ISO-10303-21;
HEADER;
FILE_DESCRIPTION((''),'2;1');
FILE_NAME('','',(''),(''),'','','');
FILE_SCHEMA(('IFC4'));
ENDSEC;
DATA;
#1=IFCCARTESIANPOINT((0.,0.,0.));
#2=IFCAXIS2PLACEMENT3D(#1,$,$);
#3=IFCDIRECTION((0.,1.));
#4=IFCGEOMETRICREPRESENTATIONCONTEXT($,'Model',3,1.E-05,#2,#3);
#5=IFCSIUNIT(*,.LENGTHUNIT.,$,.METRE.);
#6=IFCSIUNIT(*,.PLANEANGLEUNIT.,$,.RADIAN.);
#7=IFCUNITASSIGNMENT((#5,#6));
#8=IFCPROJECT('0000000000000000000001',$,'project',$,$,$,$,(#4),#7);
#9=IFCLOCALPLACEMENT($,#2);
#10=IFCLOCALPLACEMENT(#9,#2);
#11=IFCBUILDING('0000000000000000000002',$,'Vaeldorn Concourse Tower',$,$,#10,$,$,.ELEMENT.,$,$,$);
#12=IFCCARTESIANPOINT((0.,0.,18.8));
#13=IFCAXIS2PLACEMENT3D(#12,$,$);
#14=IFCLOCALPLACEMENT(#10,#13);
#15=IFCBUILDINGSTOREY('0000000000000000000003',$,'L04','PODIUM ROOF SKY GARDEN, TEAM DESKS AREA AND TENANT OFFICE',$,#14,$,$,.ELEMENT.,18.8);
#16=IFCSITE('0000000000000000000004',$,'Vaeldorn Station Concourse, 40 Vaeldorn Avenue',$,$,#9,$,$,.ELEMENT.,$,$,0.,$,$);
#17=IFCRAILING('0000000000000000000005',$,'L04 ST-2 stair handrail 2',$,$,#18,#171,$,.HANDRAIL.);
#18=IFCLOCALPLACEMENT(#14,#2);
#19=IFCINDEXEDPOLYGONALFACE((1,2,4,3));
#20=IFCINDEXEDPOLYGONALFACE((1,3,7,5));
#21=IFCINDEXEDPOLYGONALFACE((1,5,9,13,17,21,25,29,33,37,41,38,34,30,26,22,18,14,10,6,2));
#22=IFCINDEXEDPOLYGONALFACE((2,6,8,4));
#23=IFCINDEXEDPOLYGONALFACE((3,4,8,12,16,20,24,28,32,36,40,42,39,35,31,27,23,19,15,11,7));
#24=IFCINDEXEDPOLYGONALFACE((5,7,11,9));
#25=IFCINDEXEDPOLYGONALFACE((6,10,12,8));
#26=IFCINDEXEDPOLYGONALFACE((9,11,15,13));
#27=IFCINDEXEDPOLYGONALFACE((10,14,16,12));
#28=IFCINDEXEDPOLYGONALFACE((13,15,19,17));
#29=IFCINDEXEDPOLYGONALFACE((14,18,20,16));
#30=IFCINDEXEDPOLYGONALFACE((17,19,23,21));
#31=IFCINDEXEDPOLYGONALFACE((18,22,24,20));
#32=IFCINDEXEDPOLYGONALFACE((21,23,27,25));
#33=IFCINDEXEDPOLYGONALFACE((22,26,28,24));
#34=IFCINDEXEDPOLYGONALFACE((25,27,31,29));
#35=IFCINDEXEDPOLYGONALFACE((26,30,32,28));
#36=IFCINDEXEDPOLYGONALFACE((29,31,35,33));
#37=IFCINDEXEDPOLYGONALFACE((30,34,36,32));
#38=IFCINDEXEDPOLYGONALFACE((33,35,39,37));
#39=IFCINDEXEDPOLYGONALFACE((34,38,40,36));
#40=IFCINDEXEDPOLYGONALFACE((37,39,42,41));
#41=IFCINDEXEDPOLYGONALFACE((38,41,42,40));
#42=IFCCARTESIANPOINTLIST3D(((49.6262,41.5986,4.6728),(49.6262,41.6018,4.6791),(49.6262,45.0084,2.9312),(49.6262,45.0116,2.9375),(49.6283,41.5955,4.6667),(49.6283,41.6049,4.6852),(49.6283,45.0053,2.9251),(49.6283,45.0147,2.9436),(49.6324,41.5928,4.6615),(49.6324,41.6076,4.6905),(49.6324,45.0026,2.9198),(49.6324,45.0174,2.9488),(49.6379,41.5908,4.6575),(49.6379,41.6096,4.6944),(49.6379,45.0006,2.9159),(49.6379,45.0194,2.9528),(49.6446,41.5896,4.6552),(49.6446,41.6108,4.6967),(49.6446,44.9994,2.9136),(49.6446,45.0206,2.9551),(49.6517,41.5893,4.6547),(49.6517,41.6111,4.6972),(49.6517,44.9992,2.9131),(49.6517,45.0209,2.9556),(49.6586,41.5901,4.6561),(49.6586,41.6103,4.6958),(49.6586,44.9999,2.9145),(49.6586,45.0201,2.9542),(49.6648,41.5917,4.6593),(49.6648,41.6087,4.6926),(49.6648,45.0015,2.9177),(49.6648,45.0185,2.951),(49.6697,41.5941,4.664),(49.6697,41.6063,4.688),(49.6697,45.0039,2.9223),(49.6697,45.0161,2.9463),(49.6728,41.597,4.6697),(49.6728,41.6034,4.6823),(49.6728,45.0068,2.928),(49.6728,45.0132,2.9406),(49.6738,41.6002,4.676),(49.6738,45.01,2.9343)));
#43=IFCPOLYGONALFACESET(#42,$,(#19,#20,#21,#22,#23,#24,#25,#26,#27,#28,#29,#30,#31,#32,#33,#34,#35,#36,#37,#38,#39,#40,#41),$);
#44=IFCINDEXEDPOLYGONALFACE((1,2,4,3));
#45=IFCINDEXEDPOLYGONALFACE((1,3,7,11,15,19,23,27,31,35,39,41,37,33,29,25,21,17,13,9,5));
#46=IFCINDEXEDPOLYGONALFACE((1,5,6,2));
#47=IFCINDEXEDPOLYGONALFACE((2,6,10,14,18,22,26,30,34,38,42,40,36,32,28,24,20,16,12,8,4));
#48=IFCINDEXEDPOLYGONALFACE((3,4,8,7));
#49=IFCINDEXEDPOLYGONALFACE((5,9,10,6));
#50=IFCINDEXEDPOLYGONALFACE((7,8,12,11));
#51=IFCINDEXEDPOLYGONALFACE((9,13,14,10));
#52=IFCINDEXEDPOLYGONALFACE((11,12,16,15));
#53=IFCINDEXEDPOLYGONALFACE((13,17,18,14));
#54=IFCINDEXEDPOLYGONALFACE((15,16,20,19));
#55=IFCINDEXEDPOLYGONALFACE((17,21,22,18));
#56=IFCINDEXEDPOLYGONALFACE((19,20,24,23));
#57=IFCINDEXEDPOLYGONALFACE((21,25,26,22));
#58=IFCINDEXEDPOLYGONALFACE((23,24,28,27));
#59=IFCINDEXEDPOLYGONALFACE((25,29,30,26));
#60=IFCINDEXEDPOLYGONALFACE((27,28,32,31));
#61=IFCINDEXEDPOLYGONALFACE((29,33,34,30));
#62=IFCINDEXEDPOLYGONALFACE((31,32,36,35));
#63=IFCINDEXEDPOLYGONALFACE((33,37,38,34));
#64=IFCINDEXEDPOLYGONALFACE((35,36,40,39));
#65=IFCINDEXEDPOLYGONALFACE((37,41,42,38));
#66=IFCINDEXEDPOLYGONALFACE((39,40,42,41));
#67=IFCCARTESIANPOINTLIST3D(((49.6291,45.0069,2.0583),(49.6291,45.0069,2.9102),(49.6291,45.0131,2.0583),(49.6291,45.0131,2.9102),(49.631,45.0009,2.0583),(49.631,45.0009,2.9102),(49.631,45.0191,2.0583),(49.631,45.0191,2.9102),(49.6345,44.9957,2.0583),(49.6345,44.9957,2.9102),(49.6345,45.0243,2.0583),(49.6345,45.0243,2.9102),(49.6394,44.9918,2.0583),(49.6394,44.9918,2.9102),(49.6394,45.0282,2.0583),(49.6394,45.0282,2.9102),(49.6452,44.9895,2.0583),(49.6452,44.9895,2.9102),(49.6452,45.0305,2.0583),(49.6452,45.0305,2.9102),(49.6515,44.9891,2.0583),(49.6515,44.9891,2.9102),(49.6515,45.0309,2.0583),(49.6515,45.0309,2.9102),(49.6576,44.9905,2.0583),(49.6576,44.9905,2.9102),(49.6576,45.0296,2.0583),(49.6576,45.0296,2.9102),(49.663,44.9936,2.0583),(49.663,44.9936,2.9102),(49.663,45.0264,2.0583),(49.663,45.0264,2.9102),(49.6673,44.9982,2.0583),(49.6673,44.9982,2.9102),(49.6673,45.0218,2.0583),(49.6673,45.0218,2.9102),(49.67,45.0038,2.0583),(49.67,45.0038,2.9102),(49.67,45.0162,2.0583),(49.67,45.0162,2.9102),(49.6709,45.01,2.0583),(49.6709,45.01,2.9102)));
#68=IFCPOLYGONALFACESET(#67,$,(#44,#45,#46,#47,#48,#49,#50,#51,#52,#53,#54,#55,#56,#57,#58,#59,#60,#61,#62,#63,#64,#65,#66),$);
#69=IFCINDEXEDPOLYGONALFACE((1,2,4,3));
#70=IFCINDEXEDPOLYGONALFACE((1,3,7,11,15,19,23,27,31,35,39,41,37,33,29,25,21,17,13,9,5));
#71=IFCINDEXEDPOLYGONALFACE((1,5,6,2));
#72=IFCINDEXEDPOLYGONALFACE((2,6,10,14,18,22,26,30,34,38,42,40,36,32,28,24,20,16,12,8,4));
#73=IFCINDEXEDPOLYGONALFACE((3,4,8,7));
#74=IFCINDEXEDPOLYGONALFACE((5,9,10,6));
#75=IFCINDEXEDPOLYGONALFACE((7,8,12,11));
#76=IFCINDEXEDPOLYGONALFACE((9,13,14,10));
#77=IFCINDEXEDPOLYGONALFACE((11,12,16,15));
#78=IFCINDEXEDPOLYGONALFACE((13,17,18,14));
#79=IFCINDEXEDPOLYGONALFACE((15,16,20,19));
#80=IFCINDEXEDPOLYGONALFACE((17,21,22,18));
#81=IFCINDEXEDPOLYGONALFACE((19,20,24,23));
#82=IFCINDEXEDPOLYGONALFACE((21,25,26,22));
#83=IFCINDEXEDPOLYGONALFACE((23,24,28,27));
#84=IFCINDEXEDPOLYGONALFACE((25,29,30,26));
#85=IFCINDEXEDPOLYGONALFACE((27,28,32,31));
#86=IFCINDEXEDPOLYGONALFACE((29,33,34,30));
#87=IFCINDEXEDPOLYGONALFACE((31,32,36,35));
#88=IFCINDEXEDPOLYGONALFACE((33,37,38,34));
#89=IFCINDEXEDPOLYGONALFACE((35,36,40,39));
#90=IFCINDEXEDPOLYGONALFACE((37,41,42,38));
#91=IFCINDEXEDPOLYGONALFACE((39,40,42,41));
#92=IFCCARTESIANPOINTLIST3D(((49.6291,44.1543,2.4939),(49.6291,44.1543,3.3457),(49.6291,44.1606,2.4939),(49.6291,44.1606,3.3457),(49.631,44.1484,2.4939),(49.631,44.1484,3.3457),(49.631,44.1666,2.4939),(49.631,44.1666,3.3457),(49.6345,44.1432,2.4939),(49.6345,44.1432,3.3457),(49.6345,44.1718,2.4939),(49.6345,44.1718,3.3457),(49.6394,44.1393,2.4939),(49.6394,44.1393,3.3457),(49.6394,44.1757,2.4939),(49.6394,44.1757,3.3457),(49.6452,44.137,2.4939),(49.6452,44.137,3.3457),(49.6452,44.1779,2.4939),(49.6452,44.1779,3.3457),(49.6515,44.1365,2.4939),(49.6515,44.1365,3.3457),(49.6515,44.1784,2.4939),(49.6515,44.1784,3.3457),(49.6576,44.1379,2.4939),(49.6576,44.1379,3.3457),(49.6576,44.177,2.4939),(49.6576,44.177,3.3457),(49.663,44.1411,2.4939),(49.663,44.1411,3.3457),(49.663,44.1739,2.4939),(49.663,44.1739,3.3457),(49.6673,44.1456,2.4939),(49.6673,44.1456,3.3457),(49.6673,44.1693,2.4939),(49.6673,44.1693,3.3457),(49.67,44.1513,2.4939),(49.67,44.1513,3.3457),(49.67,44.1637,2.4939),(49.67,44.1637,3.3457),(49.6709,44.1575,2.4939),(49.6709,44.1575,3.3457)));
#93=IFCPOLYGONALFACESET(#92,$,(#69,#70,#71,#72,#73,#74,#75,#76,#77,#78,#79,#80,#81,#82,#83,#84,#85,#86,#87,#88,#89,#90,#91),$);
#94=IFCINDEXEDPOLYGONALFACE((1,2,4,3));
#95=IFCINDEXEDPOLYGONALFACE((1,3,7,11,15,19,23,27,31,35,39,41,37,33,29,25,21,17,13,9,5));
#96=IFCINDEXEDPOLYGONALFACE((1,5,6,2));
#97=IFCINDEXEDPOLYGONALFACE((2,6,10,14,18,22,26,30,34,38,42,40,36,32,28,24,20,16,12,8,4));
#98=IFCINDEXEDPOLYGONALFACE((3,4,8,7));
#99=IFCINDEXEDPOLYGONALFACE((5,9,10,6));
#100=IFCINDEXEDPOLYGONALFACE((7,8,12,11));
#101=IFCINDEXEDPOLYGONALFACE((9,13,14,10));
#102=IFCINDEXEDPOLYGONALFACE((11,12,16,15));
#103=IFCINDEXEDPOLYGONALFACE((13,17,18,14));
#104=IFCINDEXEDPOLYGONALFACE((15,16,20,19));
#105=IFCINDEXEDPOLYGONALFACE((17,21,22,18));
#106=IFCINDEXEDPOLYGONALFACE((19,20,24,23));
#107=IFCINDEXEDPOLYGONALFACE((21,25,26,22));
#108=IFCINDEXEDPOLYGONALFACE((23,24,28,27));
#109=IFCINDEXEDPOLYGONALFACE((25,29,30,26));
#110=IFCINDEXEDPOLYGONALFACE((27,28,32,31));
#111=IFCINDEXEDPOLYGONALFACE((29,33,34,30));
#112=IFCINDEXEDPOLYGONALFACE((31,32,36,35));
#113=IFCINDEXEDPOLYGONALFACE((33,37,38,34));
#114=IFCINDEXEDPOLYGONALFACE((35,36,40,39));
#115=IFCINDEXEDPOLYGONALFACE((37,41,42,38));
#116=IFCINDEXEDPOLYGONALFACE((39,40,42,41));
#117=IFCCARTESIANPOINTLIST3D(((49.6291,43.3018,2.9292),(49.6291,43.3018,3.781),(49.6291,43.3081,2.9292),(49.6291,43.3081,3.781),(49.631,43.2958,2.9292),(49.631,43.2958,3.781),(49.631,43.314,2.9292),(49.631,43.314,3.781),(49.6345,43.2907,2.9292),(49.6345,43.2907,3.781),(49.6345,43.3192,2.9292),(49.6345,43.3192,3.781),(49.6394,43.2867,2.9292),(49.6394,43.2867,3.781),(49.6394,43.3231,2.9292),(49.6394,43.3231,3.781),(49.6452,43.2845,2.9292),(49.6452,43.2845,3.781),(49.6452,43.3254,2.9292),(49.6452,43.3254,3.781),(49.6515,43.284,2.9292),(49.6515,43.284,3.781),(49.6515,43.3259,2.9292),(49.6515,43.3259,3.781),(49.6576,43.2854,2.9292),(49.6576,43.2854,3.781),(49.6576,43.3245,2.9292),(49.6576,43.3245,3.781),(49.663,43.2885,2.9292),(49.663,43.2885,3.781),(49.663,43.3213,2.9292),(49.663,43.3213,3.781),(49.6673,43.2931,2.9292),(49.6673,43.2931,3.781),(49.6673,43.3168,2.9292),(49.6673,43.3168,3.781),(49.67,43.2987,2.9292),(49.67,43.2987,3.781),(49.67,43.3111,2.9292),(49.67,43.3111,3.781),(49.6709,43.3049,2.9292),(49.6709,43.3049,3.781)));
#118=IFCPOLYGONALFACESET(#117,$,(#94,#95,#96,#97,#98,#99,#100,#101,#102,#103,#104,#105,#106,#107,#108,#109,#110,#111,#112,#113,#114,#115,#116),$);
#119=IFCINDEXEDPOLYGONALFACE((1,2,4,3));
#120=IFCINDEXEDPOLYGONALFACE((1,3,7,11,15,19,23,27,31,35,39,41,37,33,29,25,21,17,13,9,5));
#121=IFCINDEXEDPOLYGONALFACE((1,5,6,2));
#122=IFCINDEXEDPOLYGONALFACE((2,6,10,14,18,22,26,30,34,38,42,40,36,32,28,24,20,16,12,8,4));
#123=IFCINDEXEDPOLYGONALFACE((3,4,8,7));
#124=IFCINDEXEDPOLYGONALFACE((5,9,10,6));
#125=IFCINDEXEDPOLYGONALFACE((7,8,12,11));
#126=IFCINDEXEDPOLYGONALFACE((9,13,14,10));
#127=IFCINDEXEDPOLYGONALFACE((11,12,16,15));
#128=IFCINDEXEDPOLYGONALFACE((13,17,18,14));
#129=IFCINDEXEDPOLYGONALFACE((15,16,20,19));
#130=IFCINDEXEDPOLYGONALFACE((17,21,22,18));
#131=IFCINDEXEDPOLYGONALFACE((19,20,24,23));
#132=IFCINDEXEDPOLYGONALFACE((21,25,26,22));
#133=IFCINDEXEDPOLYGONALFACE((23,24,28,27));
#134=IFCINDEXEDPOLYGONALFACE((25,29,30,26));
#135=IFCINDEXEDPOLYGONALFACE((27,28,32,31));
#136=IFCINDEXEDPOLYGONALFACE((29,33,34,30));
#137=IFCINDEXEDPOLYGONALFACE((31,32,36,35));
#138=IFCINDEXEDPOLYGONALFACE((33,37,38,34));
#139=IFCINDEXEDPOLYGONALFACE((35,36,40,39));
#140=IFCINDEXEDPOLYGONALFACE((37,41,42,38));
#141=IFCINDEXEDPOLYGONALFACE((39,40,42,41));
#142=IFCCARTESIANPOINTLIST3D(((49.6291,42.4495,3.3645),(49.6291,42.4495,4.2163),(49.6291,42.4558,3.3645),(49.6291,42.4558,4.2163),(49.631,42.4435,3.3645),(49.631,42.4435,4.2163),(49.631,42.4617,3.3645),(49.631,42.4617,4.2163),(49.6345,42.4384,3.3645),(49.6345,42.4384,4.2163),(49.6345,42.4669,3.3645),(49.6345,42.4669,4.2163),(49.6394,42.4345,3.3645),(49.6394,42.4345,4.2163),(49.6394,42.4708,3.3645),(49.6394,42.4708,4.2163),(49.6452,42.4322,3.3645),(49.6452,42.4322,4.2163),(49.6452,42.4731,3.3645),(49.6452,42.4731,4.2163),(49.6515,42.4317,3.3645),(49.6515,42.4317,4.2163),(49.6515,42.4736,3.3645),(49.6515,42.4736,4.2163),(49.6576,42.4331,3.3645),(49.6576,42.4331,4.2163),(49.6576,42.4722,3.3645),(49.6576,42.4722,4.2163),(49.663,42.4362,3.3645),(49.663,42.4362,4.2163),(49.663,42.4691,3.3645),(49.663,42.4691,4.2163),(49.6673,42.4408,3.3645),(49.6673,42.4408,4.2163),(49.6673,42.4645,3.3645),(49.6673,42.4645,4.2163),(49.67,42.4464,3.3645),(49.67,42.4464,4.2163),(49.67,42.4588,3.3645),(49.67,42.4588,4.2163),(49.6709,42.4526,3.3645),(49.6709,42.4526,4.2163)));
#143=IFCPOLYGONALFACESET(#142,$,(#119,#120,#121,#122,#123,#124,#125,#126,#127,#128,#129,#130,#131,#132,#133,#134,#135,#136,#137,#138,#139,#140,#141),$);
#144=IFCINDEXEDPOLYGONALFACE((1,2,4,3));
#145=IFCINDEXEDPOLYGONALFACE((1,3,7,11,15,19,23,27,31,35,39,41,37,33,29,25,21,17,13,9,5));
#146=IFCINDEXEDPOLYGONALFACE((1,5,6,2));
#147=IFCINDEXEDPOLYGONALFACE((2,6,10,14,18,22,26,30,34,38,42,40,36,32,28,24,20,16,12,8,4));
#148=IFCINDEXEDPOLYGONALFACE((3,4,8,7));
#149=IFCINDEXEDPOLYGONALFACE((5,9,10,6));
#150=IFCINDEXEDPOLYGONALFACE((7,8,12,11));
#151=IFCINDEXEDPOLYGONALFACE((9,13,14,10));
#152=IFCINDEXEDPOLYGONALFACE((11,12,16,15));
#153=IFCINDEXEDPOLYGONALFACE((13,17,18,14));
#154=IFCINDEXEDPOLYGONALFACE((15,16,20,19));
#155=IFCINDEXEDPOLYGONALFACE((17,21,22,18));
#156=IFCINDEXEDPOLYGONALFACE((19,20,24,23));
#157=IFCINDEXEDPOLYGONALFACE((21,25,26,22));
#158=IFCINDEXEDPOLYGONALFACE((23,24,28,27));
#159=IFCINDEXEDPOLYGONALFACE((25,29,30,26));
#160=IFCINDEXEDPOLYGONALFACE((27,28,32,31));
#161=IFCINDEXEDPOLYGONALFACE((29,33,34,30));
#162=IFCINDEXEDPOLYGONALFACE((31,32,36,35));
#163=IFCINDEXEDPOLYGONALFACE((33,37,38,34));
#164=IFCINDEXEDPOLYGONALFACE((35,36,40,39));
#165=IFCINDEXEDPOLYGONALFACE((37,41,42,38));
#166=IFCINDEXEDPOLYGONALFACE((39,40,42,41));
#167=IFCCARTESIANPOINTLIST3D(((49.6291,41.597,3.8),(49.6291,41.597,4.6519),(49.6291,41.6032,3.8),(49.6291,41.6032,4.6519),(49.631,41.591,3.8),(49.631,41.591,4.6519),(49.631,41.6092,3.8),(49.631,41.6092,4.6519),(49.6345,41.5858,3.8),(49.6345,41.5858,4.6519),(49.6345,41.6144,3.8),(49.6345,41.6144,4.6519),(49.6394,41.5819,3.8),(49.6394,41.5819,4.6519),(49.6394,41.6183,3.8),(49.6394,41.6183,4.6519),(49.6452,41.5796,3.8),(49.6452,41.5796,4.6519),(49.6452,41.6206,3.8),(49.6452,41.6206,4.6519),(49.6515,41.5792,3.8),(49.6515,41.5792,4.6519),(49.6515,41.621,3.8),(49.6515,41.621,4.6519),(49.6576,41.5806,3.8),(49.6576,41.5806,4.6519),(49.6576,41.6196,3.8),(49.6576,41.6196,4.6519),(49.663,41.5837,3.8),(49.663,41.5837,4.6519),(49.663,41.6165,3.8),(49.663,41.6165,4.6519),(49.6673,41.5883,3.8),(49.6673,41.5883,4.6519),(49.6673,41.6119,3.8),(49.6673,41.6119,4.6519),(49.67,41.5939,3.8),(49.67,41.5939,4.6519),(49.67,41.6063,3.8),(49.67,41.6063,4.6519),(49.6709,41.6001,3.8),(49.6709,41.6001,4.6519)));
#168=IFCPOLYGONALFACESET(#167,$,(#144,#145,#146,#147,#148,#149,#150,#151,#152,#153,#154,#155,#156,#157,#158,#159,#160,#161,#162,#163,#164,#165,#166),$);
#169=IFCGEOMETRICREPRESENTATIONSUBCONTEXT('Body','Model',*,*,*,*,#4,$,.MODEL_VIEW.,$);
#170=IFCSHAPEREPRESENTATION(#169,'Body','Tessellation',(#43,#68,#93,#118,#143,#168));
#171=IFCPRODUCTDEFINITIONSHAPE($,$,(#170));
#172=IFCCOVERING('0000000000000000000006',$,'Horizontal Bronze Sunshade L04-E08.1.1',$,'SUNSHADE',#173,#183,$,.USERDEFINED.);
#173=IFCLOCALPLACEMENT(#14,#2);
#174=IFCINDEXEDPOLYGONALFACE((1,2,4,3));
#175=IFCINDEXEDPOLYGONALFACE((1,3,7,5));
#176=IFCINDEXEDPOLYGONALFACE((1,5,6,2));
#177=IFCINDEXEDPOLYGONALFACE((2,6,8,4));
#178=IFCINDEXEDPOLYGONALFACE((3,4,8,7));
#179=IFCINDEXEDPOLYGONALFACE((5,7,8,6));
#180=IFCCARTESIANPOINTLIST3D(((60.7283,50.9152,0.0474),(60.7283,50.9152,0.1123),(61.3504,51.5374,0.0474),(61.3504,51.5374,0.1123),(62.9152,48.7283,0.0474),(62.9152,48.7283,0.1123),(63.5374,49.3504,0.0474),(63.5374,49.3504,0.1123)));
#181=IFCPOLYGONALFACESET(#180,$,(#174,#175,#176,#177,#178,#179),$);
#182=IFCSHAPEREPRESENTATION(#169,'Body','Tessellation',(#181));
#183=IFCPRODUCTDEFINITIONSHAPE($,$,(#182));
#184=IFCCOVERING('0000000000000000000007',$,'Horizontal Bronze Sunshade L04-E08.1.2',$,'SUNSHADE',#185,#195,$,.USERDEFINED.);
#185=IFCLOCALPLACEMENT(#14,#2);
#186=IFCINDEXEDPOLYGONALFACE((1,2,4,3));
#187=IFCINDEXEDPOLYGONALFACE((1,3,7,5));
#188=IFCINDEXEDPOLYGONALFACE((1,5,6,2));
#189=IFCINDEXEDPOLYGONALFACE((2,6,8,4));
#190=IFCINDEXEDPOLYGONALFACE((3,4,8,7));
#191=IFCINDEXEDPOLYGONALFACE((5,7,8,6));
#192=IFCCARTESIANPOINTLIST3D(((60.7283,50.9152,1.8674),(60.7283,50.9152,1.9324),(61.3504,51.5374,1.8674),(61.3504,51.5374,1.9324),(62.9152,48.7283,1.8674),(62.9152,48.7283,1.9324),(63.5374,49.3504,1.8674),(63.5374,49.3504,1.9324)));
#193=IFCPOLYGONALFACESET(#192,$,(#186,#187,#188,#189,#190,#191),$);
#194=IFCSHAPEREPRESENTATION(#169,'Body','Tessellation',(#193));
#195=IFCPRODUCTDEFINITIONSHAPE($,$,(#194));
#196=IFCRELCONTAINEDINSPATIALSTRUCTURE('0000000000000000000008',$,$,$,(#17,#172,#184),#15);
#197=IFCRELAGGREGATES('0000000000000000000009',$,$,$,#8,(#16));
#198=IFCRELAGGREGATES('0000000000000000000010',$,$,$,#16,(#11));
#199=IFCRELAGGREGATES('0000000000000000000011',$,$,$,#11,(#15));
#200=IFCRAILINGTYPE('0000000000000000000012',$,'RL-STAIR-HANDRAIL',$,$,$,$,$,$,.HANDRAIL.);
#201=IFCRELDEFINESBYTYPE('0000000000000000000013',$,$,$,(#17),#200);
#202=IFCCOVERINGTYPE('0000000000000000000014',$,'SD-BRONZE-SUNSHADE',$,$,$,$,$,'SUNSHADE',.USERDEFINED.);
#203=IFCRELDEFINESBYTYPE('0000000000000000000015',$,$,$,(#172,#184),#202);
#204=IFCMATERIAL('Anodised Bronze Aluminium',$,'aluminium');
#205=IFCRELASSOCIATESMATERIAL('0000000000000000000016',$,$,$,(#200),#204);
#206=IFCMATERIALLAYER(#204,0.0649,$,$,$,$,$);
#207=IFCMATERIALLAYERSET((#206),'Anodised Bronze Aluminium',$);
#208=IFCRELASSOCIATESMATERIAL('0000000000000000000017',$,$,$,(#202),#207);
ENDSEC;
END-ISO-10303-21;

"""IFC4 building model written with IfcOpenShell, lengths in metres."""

from ifc_helpers import new_model, si_unit, direction, frame, origin, origin_2d, place, context, subcontext, project, spatial, rectangle, circle, extrude, source, transform, mapped, material, layer, layer_set, type_object, element, save


model = new_model("IFC4")

# Units and contexts
model_context = context("Model", 3, precision=1e-05, world=origin(), true_north=direction((0.0, 1.0)))
body_context = subcontext(model_context, "Body", "Model", "MODEL_VIEW")
ifc_project = project(units=[si_unit("LENGTHUNIT", "METRE"), si_unit("PLANEANGLEUNIT", "RADIAN")], contexts=[model_context])

# Site, building, storey
site_placement = place(None, origin())
site = spatial("IfcSite", under=ifc_project, at=site_placement, Name="Vaeldorn Station Concourse, 40 Vaeldorn Avenue", CompositionType="ELEMENT", RefElevation=0.0)
building_placement = place(site_placement, origin())
building = spatial("IfcBuilding", under=site, at=building_placement, Name="Vaeldorn Concourse Tower", CompositionType="ELEMENT")
storey_placement = place(building_placement, frame((0.0, 0.0, 18.8)))
storey = spatial("IfcBuildingStorey", under=building, at=storey_placement, Name="L04", Description="PODIUM ROOF SKY GARDEN, TEAM DESKS AREA AND TENANT OFFICE", CompositionType="ELEMENT", Elevation=18.8)

# Shared definitions
ifc_material_1 = material(Name="Anodised Bronze Aluminium", Category="aluminium")

# Railing
railing_type_1 = type_object("IfcRailingType", Name="RL-STAIR-HANDRAIL", PredefinedType="HANDRAIL", material=ifc_material_1)
railing_1_placement = place(storey_placement, frame((49.6499, 45.01, 2.0583)))
element("IfcRailing", 1, at=railing_1_placement, inside=storey, type_object=railing_type_1, Name="L04 ST-2 stair handrail 2", PredefinedType="HANDRAIL", context=body_context, shape_type="SweptSolid", body=[
    extrude(circle(Radius=0.0239, at=origin_2d()), frame((0.0, 0.0, 0.876), z_axis=(0.0, -0.890556, 0.454874), x_axis=(1.0, 0.0, 0.0)), (0.0, 0.0, 1.0), 3.8289),
    extrude(circle(Radius=0.021, at=origin_2d()), origin(), (0.0, 0.0, 1.0), 0.8518),
    extrude(circle(Radius=0.021, at=origin_2d()), frame((0.0, -0.8525, 0.4355)), (0.0, 0.0, 1.0), 0.8518),
    extrude(circle(Radius=0.021, at=origin_2d()), frame((0.0, -1.7051, 0.8708)), (0.0, 0.0, 1.0), 0.8518),
    extrude(circle(Radius=0.021, at=origin_2d()), frame((0.0, -2.5574, 1.3062)), (0.0, 0.0, 1.0), 0.8518),
    extrude(circle(Radius=0.021, at=origin_2d()), frame((0.0, -3.4099, 1.7417)), (0.0, 0.0, 1.0), 0.8518),
])

# Coverings
ifc_layer_1 = layer(ifc_material_1, 0.0649)
ifc_layer_set_1 = layer_set([ifc_layer_1], Name="Anodised Bronze Aluminium")
covering_type = type_object("IfcCoveringType", Name="SD-BRONZE-SUNSHADE", ElementType="SUNSHADE", PredefinedType="USERDEFINED", material=ifc_layer_set_1)
shared_shape_1 = source(origin(), body_context, "Body", "SweptSolid", [
    extrude(rectangle(XDim=3.0928, YDim=0.8799, at=origin_2d()), origin(), (0.0, 0.0, 1.0), 0.0649),
])
for number, where, z_axis, x_axis, name in (
    (2, (62.1328, 50.1328, 0.0474), (0.0, 0.0, 1.0), (-0.707107, 0.707107, 0.0), "Horizontal Bronze Sunshade L04-E08.1.1"),
    (3, (62.1328, 50.1328, 1.8674), (0.0, 0.0, 1.0), (-0.707107, 0.707107, 0.0), "Horizontal Bronze Sunshade L04-E08.1.2"),
):
    element("IfcCovering", number, at=place(storey_placement, frame(where, z_axis=z_axis, x_axis=x_axis)), inside=storey, type_object=covering_type, Name=name, ObjectType="SUNSHADE", PredefinedType="USERDEFINED", context=body_context, shape_type="MappedRepresentation", body=[
        mapped(shared_shape_1, transform((0.0, 0.0, 0.0), scale=1.0)),
    ])

save(model, "model.ifc")
